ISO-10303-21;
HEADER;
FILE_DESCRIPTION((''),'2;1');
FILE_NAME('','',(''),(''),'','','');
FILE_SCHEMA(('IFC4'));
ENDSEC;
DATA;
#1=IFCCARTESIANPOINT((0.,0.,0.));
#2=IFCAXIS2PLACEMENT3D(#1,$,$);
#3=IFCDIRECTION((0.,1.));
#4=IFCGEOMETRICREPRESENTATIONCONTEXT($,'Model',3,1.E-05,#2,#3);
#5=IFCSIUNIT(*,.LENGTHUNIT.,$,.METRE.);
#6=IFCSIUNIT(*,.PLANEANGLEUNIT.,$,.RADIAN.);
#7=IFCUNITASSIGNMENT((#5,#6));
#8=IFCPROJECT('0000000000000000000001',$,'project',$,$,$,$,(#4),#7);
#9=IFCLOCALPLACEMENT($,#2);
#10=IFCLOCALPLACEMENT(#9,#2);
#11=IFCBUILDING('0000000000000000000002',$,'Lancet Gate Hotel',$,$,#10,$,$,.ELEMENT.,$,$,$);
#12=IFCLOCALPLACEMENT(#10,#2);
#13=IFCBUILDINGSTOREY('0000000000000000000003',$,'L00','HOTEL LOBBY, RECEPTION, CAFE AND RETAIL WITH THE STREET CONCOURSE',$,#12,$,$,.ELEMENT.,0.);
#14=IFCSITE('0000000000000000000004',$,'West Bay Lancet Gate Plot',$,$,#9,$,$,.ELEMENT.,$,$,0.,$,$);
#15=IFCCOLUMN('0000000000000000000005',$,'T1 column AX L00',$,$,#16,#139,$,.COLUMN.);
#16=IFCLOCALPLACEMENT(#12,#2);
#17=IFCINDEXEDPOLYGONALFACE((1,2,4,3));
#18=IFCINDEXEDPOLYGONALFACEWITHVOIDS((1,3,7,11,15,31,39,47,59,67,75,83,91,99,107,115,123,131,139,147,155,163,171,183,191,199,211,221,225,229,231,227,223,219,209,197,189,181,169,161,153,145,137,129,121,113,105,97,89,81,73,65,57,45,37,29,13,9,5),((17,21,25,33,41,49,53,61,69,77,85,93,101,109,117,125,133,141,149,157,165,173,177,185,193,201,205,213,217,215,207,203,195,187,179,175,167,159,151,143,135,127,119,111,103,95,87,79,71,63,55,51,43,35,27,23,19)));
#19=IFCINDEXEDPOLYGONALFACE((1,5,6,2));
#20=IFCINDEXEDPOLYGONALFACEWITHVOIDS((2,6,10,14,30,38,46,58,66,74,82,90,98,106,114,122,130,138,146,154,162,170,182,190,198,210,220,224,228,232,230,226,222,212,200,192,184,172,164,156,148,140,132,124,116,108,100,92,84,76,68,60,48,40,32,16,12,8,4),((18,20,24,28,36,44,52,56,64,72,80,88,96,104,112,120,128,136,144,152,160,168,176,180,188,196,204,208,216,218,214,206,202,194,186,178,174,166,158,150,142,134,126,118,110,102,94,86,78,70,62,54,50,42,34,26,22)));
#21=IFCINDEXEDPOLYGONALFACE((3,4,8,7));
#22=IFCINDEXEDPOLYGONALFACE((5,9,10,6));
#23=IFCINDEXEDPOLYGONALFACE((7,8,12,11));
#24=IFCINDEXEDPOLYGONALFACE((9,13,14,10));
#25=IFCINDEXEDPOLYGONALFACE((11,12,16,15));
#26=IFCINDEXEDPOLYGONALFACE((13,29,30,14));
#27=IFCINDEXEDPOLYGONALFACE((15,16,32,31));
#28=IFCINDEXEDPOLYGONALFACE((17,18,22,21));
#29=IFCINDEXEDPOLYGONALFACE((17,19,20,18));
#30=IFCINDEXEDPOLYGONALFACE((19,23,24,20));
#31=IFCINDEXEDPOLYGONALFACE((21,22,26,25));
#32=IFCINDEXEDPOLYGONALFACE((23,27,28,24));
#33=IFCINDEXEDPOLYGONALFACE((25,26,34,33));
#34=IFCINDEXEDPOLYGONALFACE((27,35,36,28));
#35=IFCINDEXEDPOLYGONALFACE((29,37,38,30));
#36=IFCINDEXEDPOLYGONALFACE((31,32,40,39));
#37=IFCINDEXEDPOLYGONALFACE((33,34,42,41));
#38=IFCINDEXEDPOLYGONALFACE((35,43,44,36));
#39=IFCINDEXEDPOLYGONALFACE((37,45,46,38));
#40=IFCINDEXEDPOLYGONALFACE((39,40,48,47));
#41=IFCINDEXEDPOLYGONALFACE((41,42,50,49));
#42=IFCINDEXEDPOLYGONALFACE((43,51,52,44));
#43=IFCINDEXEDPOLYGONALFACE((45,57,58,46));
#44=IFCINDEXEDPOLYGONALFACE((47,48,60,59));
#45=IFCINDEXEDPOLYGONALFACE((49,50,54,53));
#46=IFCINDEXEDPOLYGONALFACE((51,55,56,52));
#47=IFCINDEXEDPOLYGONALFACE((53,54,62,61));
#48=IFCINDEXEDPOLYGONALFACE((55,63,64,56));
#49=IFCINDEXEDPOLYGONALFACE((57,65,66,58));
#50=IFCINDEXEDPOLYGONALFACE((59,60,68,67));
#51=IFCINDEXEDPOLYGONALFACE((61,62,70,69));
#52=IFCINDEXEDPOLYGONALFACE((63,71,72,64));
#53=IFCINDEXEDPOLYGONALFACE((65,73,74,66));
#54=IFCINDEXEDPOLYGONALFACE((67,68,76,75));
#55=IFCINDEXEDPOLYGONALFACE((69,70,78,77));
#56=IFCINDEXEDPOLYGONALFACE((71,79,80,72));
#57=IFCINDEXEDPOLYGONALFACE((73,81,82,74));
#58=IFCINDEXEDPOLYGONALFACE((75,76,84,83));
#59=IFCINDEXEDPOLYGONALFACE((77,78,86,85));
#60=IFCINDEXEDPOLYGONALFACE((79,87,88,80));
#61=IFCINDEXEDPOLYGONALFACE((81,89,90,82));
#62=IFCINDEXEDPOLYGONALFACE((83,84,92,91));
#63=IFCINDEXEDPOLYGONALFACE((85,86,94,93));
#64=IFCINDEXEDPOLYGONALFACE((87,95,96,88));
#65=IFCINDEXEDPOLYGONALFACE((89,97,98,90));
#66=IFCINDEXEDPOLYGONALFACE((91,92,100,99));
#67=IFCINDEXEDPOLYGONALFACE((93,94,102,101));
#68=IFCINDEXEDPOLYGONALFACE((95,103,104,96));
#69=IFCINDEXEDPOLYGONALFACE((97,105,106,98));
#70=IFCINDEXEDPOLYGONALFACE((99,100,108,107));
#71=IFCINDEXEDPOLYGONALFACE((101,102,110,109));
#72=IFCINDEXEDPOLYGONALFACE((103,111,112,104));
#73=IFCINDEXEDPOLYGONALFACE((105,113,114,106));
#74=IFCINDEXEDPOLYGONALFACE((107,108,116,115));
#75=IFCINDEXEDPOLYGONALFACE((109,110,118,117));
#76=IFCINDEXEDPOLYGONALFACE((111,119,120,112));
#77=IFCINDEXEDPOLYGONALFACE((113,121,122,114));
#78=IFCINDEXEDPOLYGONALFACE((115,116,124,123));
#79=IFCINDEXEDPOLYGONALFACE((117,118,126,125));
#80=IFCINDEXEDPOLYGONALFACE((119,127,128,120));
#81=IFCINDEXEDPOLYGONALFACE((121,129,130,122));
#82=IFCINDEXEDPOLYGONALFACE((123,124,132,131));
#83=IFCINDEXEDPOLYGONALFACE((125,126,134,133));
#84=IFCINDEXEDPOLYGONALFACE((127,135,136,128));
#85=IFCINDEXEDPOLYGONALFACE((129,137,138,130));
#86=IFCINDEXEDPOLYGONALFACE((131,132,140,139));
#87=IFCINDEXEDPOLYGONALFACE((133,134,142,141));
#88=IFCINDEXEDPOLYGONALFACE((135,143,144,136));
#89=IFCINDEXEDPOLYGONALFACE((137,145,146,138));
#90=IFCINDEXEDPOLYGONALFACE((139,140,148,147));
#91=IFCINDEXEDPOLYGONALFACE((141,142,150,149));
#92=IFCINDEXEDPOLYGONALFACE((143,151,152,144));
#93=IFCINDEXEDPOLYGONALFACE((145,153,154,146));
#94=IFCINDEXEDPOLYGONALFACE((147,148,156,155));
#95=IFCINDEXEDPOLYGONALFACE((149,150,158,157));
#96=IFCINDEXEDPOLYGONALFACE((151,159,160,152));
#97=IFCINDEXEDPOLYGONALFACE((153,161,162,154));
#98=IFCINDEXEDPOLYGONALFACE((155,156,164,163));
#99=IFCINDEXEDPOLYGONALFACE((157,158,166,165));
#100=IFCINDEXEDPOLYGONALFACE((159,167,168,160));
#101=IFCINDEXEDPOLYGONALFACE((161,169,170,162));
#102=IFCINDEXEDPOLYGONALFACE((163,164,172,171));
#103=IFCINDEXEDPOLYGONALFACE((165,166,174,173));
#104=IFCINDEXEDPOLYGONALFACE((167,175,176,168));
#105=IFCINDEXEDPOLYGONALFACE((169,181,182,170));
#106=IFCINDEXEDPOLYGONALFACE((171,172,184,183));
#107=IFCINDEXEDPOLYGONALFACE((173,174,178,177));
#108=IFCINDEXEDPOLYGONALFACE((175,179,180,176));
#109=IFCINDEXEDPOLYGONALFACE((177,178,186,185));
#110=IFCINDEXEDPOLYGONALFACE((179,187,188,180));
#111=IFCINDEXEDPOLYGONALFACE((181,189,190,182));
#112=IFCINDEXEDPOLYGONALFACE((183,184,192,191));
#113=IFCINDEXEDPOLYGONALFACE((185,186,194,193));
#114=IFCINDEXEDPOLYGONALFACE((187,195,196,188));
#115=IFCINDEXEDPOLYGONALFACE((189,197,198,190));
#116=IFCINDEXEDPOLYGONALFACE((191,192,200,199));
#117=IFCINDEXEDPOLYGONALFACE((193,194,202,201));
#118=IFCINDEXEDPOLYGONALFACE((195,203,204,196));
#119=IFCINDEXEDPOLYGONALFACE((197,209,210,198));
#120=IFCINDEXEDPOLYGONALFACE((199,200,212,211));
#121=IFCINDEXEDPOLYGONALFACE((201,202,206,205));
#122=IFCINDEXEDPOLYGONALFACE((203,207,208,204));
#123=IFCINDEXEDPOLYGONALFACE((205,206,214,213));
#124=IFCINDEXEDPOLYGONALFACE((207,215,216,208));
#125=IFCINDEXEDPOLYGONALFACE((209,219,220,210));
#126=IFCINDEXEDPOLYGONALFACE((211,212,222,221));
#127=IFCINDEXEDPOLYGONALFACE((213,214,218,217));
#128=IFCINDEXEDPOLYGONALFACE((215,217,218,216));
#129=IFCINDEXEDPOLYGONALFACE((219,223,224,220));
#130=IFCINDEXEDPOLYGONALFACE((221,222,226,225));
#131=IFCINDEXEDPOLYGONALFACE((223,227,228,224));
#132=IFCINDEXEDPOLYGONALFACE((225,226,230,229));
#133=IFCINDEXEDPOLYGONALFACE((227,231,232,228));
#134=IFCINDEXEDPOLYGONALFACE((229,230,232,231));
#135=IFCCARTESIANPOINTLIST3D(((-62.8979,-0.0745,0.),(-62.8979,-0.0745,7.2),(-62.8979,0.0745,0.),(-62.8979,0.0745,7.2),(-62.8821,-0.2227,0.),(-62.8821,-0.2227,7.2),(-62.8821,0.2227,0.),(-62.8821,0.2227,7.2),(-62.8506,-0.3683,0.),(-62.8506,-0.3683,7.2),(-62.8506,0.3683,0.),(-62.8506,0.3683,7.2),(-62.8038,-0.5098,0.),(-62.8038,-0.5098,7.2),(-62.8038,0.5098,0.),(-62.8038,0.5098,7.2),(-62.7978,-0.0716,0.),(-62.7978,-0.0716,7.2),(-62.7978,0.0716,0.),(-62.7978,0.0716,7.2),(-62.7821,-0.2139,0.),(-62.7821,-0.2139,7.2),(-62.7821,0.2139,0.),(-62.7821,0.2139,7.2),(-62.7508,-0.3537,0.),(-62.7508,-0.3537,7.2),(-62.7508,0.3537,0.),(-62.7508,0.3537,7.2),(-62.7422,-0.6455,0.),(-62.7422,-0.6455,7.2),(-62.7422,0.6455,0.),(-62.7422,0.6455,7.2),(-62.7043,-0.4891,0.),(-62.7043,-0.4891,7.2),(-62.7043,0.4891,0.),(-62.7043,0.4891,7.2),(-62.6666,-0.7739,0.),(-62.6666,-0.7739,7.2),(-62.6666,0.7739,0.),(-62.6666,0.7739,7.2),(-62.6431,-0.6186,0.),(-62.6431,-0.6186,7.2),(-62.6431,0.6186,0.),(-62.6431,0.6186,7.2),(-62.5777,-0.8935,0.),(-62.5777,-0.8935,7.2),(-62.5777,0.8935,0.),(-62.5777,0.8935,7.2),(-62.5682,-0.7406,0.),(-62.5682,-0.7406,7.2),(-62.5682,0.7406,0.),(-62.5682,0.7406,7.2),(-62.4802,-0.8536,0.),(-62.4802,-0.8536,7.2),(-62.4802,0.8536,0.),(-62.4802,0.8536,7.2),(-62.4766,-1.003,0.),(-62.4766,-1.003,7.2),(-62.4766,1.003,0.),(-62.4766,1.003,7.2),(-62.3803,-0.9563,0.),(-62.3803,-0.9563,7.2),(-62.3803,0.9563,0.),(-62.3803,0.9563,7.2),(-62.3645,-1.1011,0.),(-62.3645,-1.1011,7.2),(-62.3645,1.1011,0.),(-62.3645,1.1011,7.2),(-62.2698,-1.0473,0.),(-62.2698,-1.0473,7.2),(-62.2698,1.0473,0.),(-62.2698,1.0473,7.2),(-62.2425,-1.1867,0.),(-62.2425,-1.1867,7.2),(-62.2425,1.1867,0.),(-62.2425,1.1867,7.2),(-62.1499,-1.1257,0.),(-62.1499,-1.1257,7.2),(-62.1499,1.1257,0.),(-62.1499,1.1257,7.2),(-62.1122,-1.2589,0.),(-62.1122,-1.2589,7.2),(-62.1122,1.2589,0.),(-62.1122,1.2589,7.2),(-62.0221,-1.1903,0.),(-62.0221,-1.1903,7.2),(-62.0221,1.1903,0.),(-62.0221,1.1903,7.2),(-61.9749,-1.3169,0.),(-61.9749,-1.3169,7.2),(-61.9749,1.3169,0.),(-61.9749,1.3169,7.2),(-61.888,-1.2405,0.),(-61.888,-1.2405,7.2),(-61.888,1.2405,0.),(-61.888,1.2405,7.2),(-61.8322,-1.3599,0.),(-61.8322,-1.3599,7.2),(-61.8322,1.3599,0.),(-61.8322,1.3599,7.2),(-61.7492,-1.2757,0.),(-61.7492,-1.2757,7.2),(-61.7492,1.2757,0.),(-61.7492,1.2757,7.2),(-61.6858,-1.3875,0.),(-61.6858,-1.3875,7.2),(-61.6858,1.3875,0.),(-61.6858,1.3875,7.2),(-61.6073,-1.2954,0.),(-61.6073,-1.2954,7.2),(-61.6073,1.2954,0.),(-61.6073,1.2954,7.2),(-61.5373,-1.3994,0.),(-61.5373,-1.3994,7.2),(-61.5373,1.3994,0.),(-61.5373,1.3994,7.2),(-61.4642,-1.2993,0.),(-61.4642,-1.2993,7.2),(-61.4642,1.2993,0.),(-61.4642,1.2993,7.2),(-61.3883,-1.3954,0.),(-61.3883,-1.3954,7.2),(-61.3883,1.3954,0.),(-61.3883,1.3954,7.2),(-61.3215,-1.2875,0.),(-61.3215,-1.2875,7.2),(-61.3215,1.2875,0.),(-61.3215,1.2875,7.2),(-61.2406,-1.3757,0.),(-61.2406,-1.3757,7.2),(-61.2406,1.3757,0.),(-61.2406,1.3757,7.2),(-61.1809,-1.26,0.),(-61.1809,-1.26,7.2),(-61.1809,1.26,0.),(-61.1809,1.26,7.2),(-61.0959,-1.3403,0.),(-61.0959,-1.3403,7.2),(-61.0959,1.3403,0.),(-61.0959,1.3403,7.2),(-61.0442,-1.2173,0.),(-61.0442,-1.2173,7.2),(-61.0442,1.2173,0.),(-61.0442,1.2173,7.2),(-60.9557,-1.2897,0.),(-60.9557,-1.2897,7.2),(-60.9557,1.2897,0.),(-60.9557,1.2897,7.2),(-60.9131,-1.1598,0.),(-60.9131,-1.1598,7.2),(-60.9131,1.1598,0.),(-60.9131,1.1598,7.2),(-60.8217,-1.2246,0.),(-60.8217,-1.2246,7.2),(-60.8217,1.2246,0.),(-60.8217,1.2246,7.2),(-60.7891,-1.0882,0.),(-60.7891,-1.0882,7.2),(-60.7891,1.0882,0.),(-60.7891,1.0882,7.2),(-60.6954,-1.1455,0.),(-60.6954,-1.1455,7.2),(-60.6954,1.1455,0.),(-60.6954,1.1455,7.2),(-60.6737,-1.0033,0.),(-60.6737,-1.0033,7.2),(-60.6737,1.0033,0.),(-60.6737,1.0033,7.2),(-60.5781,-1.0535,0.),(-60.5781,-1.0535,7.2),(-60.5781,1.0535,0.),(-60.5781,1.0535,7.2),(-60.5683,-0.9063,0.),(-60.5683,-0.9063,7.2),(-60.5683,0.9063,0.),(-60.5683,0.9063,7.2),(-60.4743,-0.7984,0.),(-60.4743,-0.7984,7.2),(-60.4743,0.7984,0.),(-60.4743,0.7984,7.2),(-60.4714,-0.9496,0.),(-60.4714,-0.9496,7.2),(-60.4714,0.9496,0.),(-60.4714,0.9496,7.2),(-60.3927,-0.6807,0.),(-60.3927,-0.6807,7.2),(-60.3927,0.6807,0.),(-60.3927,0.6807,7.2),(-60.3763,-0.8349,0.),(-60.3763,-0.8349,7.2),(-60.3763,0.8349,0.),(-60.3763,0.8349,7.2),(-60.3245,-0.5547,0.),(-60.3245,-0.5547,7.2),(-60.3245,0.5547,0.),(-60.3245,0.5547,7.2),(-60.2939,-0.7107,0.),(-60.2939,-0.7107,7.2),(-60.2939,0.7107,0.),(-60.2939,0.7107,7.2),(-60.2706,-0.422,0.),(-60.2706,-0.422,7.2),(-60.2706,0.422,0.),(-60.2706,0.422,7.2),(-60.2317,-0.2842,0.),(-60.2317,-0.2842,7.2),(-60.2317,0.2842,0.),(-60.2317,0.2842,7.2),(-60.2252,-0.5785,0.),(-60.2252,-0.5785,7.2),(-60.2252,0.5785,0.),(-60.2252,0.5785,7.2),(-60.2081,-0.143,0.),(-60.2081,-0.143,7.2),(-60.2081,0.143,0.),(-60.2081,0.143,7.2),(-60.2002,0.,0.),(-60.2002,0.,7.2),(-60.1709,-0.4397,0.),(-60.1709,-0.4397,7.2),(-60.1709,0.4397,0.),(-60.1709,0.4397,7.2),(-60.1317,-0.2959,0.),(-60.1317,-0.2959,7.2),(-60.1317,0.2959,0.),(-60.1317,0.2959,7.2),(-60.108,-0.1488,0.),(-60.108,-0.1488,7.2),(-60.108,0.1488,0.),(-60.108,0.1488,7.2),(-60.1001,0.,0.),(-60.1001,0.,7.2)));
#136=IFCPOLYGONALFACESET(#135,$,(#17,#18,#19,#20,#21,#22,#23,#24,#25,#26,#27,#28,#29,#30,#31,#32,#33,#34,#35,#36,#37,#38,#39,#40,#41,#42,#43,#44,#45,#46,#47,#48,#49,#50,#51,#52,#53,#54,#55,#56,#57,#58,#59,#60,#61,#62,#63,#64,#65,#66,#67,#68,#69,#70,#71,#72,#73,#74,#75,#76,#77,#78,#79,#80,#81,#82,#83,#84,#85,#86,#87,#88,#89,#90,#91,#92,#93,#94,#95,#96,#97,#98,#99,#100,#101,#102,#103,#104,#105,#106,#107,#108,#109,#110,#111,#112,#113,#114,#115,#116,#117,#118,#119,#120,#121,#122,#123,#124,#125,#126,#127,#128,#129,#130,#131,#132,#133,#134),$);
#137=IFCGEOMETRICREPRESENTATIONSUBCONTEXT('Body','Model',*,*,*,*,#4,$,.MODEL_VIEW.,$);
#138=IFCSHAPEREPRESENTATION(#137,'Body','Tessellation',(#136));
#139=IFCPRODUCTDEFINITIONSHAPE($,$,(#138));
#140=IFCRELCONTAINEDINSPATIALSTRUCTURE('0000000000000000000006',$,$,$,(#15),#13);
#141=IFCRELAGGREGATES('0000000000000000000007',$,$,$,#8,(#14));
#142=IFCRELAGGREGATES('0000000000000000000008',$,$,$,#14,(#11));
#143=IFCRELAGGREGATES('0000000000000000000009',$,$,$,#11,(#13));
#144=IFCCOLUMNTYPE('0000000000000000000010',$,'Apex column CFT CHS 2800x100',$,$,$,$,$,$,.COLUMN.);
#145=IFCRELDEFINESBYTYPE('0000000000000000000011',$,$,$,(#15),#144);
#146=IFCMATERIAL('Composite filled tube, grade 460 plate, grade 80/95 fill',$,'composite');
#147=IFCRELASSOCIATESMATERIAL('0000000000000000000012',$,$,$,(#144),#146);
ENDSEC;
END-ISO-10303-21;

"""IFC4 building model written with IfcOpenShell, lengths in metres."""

from ifc_helpers import new_model, si_unit, direction, frame, origin, origin_2d, place, context, subcontext, project, spatial, hollow_circle, extrude, material, material_profile, profile_set, type_object, element, save


model = new_model("IFC4")

# Units and contexts
model_context = context("Model", 3, precision=1e-05, world=origin(), true_north=direction((0.0, 1.0)))
body_context = subcontext(model_context, "Body", "Model", "MODEL_VIEW")
ifc_project = project(units=[si_unit("LENGTHUNIT", "METRE"), si_unit("PLANEANGLEUNIT", "RADIAN")], contexts=[model_context])

# Site, building, storey
site_placement = place(None, origin())
site = spatial("IfcSite", under=ifc_project, at=site_placement, Name="West Bay Lancet Gate Plot", CompositionType="ELEMENT", RefElevation=0.0)
building_placement = place(site_placement, origin())
building = spatial("IfcBuilding", under=site, at=building_placement, Name="Lancet Gate Hotel", CompositionType="ELEMENT")
storey_placement = place(building_placement, origin())
storey = spatial("IfcBuildingStorey", under=building, at=storey_placement, Name="L00", Description="HOTEL LOBBY, RECEPTION, CAFE AND RETAIL WITH THE STREET CONCOURSE", CompositionType="ELEMENT", Elevation=0.0)

# Column
ifc_material_1 = material(Name="Composite filled tube, grade 460 plate, grade 80/95 fill", Category="composite")
ifc_material_profile_1 = material_profile(ifc_material_1, hollow_circle(Radius=1.3999, WallThickness=0.1001, at=origin_2d()), Name="CHS 2800x100")
ifc_profile_set_1 = profile_set([ifc_material_profile_1], Name="Composite filled tube, grade 460 plate, grade 80/95 fill")
column_type_1 = type_object("IfcColumnType", Name="Apex column CFT CHS 2800x100", PredefinedType="COLUMN", material=ifc_profile_set_1)
column_1_placement = place(storey_placement, frame((-61.5, 0.0, 0.0), z_axis=(0.0, 0.0, 1.0), x_axis=(1.0, 0.0, 0.0)))
element("IfcColumn", 1, at=column_1_placement, inside=storey, type_object=column_type_1, Name="T1 column AX L00", PredefinedType="COLUMN", context=body_context, shape_type="SweptSolid", body=[
    extrude(hollow_circle(Radius=1.3999, WallThickness=0.1001, at=origin_2d()), origin(), (0.0, 0.0, 1.0), 7.2),
])

save(model, "model.ifc")
